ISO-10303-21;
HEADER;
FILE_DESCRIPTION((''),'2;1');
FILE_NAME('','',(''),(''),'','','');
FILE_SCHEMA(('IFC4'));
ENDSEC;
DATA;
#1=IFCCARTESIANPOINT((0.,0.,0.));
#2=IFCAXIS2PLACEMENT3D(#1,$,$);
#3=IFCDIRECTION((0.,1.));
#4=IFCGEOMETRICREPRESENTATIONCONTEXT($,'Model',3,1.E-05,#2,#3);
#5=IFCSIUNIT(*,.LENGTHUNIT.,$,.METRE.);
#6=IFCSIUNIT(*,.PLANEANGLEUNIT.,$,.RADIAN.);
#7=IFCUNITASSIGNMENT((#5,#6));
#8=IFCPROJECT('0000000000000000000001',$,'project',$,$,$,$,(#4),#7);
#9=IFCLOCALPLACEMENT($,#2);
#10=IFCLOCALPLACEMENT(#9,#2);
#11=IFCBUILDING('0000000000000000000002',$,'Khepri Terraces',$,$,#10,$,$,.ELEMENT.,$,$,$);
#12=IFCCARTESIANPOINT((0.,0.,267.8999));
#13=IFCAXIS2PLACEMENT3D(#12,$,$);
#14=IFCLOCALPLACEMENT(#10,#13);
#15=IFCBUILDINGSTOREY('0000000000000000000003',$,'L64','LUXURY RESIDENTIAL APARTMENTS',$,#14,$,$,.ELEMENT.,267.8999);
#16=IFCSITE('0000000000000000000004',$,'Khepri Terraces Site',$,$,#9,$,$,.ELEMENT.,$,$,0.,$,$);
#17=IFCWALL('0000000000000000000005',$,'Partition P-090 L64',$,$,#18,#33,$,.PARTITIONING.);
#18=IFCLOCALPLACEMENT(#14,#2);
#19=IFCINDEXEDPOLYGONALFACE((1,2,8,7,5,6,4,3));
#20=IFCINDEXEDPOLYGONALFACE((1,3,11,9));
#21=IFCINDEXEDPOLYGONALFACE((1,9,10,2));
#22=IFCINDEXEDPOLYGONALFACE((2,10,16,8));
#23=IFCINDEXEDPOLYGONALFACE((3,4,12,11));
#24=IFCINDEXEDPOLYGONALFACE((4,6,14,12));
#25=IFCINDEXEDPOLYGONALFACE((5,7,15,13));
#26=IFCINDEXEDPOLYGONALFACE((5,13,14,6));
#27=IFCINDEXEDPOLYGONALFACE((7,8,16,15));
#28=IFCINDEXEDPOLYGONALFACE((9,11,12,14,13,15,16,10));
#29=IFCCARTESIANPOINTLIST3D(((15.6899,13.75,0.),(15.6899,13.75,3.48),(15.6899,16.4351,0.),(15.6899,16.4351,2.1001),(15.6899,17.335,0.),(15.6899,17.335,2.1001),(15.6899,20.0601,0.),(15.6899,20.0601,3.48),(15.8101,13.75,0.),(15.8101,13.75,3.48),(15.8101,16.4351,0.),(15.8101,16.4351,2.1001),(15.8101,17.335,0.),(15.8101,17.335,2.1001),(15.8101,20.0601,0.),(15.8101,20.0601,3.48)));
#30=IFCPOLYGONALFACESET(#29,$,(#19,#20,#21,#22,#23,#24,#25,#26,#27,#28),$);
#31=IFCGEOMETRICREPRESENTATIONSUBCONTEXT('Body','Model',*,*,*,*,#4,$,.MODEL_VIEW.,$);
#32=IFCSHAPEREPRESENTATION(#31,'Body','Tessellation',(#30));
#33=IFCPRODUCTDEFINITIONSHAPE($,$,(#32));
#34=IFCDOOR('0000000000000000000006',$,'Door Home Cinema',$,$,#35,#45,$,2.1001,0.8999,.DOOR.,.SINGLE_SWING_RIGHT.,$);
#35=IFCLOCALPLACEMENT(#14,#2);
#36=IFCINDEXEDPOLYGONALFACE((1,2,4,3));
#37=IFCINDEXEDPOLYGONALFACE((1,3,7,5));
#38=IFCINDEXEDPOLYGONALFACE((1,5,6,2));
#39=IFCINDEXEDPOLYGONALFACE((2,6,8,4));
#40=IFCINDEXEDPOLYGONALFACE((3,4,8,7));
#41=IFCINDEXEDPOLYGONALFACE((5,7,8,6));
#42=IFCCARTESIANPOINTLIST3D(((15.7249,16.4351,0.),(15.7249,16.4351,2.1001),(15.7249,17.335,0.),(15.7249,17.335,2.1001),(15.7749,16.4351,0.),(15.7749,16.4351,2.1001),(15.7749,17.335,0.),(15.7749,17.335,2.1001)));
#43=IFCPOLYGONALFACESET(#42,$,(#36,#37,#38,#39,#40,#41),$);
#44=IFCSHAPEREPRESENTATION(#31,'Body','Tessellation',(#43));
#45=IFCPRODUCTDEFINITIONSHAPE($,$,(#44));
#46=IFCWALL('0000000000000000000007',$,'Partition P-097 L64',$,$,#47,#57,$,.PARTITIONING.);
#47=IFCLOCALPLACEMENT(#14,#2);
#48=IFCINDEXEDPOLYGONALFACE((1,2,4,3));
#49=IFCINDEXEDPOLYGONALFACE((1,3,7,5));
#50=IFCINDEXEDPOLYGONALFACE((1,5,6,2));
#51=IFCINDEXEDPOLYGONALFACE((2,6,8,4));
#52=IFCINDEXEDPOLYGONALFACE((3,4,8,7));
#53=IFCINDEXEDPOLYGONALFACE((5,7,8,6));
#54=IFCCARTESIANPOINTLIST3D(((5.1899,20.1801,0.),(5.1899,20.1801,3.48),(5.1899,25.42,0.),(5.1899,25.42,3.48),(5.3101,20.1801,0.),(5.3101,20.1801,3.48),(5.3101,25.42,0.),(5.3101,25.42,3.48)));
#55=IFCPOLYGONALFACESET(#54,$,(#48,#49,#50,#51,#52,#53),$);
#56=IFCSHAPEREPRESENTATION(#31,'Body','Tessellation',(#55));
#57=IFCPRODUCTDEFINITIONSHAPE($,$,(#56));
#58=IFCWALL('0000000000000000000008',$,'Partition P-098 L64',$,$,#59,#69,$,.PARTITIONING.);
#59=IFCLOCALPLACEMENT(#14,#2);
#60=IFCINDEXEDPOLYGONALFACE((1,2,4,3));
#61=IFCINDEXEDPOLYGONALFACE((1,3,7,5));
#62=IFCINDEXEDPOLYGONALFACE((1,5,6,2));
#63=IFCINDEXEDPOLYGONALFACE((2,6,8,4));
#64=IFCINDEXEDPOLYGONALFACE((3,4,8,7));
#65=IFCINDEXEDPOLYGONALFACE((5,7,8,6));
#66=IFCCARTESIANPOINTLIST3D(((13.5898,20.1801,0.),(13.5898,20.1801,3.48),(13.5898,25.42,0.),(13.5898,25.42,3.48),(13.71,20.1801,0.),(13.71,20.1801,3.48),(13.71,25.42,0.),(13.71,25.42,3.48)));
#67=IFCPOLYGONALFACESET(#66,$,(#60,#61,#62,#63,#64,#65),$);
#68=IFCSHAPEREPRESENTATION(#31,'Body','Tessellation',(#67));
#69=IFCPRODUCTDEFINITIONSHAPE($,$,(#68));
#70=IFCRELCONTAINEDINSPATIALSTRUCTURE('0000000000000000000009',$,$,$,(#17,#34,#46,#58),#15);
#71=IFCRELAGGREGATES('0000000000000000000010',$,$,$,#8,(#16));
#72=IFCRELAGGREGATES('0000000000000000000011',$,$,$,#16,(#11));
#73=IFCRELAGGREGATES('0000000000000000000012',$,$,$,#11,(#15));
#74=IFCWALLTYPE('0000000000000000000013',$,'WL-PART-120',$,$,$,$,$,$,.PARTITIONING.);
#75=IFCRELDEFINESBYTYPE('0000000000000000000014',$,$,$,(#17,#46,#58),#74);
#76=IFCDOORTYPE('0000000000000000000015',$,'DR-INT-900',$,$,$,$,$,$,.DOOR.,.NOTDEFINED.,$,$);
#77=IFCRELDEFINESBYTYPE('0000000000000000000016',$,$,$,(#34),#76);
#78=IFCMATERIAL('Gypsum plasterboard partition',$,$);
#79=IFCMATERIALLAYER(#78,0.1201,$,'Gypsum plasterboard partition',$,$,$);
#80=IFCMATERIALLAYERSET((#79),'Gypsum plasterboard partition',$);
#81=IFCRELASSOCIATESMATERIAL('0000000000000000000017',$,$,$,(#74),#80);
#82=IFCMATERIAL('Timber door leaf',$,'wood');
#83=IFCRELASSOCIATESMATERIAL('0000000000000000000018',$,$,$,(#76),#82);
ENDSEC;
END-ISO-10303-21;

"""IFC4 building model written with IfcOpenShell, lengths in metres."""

from ifc_helpers import new_model, si_unit, direction, frame, frame_2d, origin, place, context, subcontext, project, spatial, rectangle, extrude, material, layer, layer_set, type_object, element, fill, save


model = new_model("IFC4")

# Units and contexts
model_context = context("Model", 3, precision=1e-05, world=origin(), true_north=direction((0.0, 1.0)))
body_context = subcontext(model_context, "Body", "Model", "MODEL_VIEW")
ifc_project = project(units=[si_unit("LENGTHUNIT", "METRE"), si_unit("PLANEANGLEUNIT", "RADIAN")], contexts=[model_context])

# Site, building, storey
site_placement = place(None, origin())
site = spatial("IfcSite", under=ifc_project, at=site_placement, Name="Khepri Terraces Site", CompositionType="ELEMENT", RefElevation=0.0)
building_placement = place(site_placement, origin())
building = spatial("IfcBuilding", under=site, at=building_placement, Name="Khepri Terraces", CompositionType="ELEMENT")
storey_placement = place(building_placement, frame((0.0, 0.0, 267.8999)))
storey = spatial("IfcBuildingStorey", under=building, at=storey_placement, Name="L64", Description="LUXURY RESIDENTIAL APARTMENTS", CompositionType="ELEMENT", Elevation=267.8999)

# Shared definitions
ifc_material_1 = material(Name="Gypsum plasterboard partition")
ifc_layer_1 = layer(ifc_material_1, 0.1201, Name="Gypsum plasterboard partition")
ifc_layer_set_1 = layer_set([ifc_layer_1], Name="Gypsum plasterboard partition")
wall_type_1 = type_object("IfcWallType", Name="WL-PART-120", PredefinedType="PARTITIONING", material=ifc_layer_set_1)

# Shared definitions
ifc_material_2 = material(Name="Timber door leaf", Category="wood")
door_type_1 = type_object("IfcDoorType", Name="DR-INT-900", OperationType="NOTDEFINED", PredefinedType="DOOR", material=ifc_material_2)

# Wall, opening, door
wall_1_placement = place(storey_placement, frame((15.75, 13.75, 0.0), z_axis=(0.0, 0.0, 1.0), x_axis=(0.0, 1.0, 0.0)))
wall_1 = element("IfcWall", 1, at=wall_1_placement, inside=storey, type_object=wall_type_1, Name="Partition P-090 L64", PredefinedType="PARTITIONING", context=body_context, shape_type="SweptSolid", body=[
    extrude(rectangle(XDim=6.3101, YDim=0.1201, at=frame_2d((3.155, 0.0))), origin(), (0.0, 0.0, 1.0), 3.48),
])
opening_1_placement = place(wall_1_placement, frame((2.6851, 0.0, 0.0)))
opening_1 = element("IfcOpeningElement", 2, at=opening_1_placement, cuts=wall_1, PredefinedType="OPENING", context=body_context, shape_type="SweptSolid", body=[
    extrude(rectangle(XDim=0.8999, YDim=2.1001, at=frame_2d((0.45, 1.05))), frame((0.0, 0.0701, 0.0), z_axis=(0.0, -1.0, 0.0), x_axis=(1.0, 0.0, 0.0)), (0.0, 0.0, 1.0), 0.1401),
])
door_1_placement = place(opening_1_placement, frame((0.8999, 0.0, 0.0), z_axis=(0.0, 0.0, 1.0), x_axis=(-1.0, 0.0, 0.0)))
door_1 = element("IfcDoor", 3, at=door_1_placement, inside=storey, type_object=door_type_1, Name="Door Home Cinema", OperationType="SINGLE_SWING_RIGHT", OverallHeight=2.1001, OverallWidth=0.8999, PredefinedType="DOOR", context=body_context, shape_type="SweptSolid", body=[
    extrude(rectangle(XDim=0.8999, YDim=2.1001, at=frame_2d((0.45, 1.05))), frame((0.0, 0.0249, 0.0), z_axis=(0.0, -1.0, 0.0), x_axis=(1.0, 0.0, 0.0)), (0.0, 0.0, 1.0), 0.05),
])
fill(opening_1, door_1)

# Walls
for number, where, z_axis, x_axis, name in (
    (4, (5.25, 20.1799, 0.0), (0.0, 0.0, 1.0), (0.0, 1.0, 0.0), "Partition P-097 L64"),
    (5, (13.6499, 20.1799, 0.0), (0.0, 0.0, 1.0), (0.0, 1.0, 0.0), "Partition P-098 L64"),
):
    element("IfcWall", number, at=place(storey_placement, frame(where, z_axis=z_axis, x_axis=x_axis)), inside=storey, type_object=wall_type_1, Name=name, PredefinedType="PARTITIONING", context=body_context, shape_type="SweptSolid", body=[
        extrude(rectangle(XDim=5.24, YDim=0.1201, at=frame_2d((2.6201, 0.0))), origin(), (0.0, 0.0, 1.0), 3.48),
    ])

save(model, "model.ifc")
